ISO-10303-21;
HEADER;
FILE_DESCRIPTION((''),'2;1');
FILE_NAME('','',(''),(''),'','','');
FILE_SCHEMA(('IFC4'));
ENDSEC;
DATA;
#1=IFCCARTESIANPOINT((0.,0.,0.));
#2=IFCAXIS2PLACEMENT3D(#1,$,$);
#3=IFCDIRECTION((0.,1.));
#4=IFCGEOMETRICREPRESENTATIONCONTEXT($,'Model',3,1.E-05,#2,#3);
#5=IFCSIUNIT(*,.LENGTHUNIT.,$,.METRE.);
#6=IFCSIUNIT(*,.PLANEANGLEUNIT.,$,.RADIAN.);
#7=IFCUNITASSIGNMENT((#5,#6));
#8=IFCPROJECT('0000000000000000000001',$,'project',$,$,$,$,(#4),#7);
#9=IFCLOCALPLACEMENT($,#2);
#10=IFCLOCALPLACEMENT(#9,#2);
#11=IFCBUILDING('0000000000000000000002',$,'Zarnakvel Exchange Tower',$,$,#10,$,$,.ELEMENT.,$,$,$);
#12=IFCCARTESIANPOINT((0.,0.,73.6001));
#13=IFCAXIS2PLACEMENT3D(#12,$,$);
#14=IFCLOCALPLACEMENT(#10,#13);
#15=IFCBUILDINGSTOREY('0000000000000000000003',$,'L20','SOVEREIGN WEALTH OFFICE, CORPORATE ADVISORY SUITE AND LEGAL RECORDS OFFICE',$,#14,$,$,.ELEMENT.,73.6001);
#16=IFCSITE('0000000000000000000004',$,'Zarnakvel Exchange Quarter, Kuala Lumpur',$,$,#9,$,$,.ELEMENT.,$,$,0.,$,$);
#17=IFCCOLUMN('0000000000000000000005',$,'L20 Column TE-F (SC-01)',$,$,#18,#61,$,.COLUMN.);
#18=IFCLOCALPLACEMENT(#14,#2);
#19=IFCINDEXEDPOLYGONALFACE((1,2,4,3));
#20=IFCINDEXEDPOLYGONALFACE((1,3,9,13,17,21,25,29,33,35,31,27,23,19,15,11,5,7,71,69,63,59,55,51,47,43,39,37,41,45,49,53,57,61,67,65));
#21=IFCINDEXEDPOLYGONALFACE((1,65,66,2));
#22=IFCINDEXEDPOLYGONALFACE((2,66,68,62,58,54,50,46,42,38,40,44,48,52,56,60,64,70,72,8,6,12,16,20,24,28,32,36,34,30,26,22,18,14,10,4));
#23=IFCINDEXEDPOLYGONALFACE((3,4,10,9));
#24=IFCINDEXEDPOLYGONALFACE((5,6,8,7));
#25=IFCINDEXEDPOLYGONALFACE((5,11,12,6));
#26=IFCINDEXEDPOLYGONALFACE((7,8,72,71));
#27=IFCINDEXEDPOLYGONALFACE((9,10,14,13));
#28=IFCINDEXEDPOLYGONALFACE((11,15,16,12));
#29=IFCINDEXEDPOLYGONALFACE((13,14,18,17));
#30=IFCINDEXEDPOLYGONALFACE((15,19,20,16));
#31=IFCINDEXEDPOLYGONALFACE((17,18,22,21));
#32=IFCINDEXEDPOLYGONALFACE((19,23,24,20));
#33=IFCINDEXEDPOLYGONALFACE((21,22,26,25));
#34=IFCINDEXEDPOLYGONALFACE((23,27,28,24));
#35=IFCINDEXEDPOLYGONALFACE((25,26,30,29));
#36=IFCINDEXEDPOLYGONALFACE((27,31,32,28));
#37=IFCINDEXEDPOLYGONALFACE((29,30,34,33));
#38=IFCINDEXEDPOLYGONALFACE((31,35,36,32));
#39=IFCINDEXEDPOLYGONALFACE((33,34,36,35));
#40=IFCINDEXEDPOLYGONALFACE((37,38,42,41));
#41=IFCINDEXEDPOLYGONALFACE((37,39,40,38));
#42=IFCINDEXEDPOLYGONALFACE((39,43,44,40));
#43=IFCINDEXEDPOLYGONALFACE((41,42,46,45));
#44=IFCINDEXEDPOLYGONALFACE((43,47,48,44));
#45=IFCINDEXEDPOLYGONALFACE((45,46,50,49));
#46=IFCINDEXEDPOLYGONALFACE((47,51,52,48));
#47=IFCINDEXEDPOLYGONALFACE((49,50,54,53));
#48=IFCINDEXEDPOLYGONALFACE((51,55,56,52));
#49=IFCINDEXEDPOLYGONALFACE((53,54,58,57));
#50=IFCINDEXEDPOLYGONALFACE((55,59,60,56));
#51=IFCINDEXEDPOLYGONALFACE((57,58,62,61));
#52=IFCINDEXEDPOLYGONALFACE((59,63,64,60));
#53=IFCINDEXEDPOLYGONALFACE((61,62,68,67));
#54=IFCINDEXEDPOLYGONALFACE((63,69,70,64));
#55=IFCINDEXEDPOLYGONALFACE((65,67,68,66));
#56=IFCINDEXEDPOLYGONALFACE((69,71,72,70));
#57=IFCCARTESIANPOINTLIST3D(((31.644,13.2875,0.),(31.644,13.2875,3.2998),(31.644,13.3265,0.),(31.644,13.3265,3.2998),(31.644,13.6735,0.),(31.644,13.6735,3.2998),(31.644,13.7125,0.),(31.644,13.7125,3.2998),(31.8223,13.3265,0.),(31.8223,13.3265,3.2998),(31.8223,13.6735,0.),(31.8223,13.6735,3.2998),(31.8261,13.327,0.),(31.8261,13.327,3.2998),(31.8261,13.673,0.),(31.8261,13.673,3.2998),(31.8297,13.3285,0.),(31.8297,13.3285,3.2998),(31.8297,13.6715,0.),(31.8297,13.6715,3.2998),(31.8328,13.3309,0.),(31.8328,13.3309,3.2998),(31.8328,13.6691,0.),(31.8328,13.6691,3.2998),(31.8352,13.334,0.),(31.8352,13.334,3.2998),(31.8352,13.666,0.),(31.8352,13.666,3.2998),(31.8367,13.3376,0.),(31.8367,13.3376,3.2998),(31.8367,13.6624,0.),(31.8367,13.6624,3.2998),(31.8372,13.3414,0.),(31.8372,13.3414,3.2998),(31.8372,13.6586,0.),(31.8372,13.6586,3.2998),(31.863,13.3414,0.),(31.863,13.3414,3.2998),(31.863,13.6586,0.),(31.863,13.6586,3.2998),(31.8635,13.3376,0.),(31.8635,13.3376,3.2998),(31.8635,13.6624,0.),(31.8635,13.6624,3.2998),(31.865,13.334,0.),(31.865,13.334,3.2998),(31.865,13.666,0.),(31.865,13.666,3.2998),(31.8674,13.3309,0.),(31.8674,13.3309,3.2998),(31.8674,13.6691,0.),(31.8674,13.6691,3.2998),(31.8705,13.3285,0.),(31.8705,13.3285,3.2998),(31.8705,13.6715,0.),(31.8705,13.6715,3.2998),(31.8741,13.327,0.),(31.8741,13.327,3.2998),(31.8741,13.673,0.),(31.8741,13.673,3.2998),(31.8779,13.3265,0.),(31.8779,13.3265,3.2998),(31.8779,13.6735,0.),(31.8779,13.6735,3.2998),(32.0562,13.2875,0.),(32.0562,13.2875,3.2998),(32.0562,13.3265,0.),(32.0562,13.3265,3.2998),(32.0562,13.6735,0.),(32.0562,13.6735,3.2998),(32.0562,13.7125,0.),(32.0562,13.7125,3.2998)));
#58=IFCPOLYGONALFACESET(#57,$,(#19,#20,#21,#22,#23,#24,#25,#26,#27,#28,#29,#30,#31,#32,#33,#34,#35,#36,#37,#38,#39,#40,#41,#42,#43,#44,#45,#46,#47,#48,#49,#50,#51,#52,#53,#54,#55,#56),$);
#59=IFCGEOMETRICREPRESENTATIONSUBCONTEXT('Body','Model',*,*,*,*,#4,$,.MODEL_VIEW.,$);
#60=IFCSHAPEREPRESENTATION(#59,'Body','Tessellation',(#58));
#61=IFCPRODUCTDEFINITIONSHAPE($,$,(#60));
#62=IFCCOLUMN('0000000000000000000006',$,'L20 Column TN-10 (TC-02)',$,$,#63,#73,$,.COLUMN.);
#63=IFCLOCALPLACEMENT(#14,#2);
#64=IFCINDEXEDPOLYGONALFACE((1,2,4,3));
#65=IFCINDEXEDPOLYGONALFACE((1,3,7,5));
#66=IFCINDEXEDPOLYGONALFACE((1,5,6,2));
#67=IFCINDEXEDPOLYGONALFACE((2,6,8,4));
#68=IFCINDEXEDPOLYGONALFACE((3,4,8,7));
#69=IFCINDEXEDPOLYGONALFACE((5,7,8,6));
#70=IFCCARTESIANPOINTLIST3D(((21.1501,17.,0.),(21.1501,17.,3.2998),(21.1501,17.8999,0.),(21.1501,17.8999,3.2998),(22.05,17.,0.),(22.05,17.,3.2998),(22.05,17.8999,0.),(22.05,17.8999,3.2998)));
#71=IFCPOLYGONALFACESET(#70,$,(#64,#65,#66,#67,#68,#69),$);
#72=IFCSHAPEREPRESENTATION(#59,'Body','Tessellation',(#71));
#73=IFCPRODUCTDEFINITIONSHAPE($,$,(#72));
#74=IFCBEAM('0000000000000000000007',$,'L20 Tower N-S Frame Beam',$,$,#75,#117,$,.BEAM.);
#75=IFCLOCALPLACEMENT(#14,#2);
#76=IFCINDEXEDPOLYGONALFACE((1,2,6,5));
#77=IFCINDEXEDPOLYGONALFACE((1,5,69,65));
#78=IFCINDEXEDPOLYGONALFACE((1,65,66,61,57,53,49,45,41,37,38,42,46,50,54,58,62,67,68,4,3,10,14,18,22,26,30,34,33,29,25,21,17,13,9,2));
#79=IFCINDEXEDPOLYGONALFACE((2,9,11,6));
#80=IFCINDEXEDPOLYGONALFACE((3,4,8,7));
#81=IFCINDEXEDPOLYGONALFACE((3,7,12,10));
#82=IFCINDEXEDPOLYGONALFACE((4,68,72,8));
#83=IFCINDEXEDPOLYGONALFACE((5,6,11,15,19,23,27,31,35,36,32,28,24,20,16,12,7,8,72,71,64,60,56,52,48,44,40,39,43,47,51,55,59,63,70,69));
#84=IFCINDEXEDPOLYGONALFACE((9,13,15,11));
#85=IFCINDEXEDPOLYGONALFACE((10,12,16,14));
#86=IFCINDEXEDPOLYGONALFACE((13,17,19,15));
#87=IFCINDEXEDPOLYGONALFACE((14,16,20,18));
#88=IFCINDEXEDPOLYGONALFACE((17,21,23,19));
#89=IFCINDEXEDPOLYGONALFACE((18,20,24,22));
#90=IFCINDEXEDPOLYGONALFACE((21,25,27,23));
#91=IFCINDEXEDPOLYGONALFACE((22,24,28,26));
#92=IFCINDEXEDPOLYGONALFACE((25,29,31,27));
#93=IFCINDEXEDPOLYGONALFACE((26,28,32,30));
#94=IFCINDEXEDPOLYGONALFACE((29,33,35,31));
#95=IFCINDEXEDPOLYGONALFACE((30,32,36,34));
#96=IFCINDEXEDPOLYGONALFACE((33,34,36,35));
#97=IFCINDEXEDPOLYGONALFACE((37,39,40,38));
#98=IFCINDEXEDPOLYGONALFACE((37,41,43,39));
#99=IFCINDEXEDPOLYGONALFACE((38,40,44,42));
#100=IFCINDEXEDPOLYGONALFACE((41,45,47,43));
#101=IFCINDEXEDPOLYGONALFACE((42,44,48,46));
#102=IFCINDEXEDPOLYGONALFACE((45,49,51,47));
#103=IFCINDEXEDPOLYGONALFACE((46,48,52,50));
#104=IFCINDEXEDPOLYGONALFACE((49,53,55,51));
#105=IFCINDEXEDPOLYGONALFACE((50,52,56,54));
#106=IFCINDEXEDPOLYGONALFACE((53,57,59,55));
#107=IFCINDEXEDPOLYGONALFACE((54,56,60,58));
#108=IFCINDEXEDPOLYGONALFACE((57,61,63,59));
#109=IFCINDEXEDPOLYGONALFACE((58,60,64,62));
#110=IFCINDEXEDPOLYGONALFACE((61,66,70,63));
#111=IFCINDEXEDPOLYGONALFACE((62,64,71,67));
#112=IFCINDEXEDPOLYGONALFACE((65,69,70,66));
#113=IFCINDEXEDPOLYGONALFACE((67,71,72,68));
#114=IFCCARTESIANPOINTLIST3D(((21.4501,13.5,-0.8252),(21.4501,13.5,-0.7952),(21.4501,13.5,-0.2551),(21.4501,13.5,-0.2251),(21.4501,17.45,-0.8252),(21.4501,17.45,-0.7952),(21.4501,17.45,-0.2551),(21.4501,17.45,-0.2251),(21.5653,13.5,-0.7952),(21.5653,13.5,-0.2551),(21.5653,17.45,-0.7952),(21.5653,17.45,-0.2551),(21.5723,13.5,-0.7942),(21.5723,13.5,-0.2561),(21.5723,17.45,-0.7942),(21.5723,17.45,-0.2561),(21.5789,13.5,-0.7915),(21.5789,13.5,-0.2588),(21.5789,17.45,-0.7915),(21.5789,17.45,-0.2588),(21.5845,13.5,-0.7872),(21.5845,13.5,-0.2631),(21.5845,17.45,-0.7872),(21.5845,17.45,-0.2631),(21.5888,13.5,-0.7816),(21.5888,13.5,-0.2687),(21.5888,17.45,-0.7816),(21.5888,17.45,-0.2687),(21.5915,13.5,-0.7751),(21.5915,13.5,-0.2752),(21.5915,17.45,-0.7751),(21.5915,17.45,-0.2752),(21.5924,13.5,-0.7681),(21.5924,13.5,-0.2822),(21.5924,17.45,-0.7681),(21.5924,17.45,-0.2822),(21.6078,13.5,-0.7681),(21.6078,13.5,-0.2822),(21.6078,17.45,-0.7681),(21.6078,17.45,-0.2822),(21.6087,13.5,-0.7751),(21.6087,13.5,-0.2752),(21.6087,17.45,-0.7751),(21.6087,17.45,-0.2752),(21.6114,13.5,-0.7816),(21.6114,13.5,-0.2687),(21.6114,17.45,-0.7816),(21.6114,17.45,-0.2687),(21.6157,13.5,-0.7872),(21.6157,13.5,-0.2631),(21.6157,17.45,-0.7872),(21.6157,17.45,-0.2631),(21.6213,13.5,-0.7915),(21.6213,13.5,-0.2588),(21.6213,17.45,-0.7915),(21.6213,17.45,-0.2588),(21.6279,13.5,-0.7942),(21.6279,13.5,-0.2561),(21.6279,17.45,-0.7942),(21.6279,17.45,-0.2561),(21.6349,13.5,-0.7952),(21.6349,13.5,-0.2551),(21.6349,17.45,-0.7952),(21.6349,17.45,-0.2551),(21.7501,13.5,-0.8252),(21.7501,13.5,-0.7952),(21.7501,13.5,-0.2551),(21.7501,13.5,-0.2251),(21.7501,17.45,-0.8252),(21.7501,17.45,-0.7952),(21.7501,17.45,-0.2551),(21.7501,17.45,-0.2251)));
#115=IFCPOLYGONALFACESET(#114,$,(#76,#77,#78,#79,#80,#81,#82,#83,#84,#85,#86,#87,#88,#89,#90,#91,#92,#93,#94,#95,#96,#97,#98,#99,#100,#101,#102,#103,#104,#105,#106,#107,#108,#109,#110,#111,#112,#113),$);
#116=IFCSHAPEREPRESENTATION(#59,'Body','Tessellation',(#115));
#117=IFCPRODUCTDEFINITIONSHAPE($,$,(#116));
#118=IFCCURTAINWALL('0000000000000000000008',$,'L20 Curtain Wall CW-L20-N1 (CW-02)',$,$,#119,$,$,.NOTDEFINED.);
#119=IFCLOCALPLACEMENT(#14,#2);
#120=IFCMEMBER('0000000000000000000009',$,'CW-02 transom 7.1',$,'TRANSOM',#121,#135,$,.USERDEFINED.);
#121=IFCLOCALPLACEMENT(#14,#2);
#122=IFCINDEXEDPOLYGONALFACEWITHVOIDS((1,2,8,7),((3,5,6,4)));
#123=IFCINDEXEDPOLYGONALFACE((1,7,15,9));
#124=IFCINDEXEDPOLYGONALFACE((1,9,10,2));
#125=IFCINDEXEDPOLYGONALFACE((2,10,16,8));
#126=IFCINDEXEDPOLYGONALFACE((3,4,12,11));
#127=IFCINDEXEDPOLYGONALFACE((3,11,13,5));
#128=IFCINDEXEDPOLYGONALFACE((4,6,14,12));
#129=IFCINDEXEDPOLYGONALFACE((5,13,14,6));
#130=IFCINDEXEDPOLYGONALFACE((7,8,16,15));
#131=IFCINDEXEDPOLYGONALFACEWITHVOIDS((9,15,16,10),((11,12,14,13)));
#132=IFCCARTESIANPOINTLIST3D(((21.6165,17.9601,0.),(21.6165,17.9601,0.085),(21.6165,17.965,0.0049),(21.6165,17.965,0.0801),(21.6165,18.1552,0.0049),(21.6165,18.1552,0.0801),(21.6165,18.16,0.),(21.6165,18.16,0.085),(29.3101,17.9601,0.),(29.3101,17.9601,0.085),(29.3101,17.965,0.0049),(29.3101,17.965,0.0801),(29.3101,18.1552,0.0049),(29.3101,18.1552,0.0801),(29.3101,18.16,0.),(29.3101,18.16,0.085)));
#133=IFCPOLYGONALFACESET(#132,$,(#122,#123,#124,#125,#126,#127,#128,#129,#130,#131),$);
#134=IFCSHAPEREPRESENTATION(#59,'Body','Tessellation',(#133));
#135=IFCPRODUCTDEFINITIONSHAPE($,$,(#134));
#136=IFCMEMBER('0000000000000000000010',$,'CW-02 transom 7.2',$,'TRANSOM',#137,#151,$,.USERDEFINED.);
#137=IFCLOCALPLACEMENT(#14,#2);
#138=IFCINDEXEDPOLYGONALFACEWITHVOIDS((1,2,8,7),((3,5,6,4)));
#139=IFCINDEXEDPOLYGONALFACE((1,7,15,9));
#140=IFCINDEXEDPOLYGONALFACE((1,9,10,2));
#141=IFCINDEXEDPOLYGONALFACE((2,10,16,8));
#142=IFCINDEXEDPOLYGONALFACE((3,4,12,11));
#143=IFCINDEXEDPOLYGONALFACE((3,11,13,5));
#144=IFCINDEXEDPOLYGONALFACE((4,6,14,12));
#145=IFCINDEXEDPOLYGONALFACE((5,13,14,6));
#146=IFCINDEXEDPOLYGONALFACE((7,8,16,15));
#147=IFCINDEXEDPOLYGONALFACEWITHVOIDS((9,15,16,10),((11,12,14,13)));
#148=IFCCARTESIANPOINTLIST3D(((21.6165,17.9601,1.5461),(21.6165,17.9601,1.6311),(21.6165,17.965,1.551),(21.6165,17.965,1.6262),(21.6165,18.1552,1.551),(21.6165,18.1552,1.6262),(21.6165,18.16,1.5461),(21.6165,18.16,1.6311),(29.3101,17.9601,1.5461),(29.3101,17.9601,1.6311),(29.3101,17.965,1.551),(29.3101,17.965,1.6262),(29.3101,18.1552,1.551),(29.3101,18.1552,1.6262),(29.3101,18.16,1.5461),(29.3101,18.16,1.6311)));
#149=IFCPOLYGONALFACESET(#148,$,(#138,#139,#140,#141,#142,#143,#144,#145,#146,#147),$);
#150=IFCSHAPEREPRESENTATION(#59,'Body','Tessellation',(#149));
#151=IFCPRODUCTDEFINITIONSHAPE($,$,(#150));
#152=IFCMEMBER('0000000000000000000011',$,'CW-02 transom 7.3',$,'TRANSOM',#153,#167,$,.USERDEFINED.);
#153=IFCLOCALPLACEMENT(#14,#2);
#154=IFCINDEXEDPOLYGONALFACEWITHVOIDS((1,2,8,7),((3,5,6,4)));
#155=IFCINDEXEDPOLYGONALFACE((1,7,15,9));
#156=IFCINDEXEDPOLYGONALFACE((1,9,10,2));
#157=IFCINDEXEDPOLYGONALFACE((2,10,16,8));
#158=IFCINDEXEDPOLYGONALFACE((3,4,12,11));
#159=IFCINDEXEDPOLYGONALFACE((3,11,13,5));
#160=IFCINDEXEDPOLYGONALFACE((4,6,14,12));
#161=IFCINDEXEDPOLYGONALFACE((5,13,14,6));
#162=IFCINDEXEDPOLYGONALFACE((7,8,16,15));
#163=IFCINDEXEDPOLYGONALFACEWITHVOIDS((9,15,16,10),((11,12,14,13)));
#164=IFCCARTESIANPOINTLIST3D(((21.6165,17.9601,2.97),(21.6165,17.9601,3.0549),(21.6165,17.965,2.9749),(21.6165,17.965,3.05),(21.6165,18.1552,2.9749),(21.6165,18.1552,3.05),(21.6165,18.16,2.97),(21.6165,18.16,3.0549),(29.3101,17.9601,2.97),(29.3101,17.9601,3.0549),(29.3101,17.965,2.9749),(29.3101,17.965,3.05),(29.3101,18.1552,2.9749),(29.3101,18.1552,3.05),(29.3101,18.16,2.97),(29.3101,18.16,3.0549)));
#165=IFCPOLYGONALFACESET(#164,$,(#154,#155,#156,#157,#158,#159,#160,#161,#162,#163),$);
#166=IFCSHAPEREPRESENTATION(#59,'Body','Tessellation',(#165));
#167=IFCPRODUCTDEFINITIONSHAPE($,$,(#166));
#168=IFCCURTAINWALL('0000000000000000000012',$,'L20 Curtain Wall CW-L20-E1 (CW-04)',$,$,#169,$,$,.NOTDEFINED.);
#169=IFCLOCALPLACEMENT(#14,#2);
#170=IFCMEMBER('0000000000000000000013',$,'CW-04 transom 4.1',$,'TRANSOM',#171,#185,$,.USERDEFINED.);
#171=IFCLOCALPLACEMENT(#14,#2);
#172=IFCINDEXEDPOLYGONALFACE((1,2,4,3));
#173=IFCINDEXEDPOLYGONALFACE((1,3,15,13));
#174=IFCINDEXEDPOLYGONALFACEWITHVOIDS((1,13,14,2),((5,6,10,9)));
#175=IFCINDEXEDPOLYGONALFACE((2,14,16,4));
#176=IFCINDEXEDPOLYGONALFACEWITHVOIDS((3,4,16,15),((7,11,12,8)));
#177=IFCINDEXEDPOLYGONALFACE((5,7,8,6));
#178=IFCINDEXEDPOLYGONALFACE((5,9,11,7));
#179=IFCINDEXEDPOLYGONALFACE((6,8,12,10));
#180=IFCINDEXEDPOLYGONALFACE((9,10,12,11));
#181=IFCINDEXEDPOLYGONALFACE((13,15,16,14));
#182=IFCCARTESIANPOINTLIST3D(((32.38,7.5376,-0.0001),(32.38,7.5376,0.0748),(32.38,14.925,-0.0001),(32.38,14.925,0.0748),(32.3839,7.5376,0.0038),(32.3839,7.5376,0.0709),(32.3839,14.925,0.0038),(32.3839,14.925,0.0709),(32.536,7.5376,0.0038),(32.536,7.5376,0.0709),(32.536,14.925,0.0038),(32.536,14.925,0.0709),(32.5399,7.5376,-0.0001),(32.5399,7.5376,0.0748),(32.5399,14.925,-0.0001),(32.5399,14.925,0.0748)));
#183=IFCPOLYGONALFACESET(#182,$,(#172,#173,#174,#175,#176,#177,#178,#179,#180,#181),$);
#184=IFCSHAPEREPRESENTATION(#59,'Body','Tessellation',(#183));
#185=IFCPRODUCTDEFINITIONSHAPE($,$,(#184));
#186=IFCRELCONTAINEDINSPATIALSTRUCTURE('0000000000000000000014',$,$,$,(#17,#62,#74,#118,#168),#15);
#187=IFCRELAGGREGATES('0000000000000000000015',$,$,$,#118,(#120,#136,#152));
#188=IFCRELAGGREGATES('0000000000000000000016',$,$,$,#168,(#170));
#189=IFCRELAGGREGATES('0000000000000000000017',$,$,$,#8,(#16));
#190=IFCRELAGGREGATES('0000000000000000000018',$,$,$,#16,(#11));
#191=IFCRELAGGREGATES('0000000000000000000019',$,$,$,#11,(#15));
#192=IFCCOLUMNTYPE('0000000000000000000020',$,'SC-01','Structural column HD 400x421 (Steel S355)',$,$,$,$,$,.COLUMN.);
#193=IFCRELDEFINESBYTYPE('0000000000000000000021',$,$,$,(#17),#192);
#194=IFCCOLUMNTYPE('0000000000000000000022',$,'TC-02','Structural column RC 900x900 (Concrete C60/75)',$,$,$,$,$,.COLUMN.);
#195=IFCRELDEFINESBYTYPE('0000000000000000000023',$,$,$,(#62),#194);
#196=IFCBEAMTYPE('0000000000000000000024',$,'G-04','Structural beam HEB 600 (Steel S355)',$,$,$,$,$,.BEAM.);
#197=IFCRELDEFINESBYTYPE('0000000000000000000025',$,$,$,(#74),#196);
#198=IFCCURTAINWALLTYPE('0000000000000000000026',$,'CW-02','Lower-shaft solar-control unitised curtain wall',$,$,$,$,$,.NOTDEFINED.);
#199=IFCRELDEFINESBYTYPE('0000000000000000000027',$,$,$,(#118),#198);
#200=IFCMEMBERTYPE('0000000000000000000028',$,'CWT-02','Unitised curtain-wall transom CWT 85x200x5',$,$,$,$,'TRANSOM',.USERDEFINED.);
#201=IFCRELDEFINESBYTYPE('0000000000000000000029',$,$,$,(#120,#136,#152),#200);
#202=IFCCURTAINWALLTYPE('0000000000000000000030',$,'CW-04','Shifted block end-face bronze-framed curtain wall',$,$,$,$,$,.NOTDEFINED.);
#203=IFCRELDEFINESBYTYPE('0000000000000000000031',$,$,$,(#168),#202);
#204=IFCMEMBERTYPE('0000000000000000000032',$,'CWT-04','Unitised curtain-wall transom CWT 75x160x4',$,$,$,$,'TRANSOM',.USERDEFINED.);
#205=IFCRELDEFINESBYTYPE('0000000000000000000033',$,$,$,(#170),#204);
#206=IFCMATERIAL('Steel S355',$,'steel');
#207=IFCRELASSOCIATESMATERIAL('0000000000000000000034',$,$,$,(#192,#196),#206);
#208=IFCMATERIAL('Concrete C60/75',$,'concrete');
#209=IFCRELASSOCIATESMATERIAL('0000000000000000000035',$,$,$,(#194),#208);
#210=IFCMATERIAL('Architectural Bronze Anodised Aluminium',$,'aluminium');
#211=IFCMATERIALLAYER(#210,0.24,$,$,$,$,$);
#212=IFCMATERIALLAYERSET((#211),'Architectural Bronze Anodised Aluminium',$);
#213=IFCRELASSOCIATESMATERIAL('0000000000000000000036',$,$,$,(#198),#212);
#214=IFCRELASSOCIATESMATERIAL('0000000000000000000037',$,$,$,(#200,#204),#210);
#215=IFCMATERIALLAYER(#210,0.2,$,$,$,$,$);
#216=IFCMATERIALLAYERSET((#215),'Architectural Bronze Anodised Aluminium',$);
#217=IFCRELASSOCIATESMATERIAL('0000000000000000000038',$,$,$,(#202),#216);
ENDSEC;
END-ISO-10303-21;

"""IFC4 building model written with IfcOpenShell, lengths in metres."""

from ifc_helpers import new_model, si_unit, direction, frame, origin, origin_2d, place, context, subcontext, project, spatial, rectangle, hollow_rectangle, i_section, extrude, source, transform, mapped, material, layer, layer_set, material_profile, profile_set, type_object, element, aggregate, save


model = new_model("IFC4")

# Units and contexts
model_context = context("Model", 3, precision=1e-05, world=origin(), true_north=direction((0.0, 1.0)))
body_context = subcontext(model_context, "Body", "Model", "MODEL_VIEW")
ifc_project = project(units=[si_unit("LENGTHUNIT", "METRE"), si_unit("PLANEANGLEUNIT", "RADIAN")], contexts=[model_context])

# Site, building, storey
site_placement = place(None, origin())
site = spatial("IfcSite", under=ifc_project, at=site_placement, Name="Zarnakvel Exchange Quarter, Kuala Lumpur", CompositionType="ELEMENT", RefElevation=0.0)
building_placement = place(site_placement, origin())
building = spatial("IfcBuilding", under=site, at=building_placement, Name="Zarnakvel Exchange Tower", CompositionType="ELEMENT")
storey_placement = place(building_placement, frame((0.0, 0.0, 73.6001)))
storey = spatial("IfcBuildingStorey", under=building, at=storey_placement, Name="L20", Description="SOVEREIGN WEALTH OFFICE, CORPORATE ADVISORY SUITE AND LEGAL RECORDS OFFICE", CompositionType="ELEMENT", Elevation=73.6001)

# Columns
ifc_material_1 = material(Name="Steel S355", Category="steel")
ifc_material_profile_1 = material_profile(ifc_material_1, i_section(OverallWidth=0.4121, OverallDepth=0.425, WebThickness=0.0259, FlangeThickness=0.0391, FilletRadius=0.0149, at=origin_2d()))
ifc_profile_set_1 = profile_set([ifc_material_profile_1], Name="Steel S355")
column_type_1 = type_object("IfcColumnType", Name="SC-01", Description="Structural column HD 400x421 (Steel S355)", PredefinedType="COLUMN", material=ifc_profile_set_1)
column_1_placement = place(storey_placement, frame((31.8501, 13.5, 0.0), z_axis=(0.0, 0.0, 1.0), x_axis=(1.0, 0.0, 0.0)))
element("IfcColumn", 1, at=column_1_placement, inside=storey, type_object=column_type_1, Name="L20 Column TE-F (SC-01)", PredefinedType="COLUMN", context=body_context, shape_type="SweptSolid", body=[
    extrude(i_section(OverallWidth=0.4121, OverallDepth=0.425, WebThickness=0.0259, FlangeThickness=0.0391, FilletRadius=0.0149, at=origin_2d()), origin(), (0.0, 0.0, 1.0), 3.2998),
])
ifc_material_2 = material(Name="Concrete C60/75", Category="concrete")
ifc_material_profile_2 = material_profile(ifc_material_2, rectangle(XDim=0.8999, YDim=0.8999, at=origin_2d()))
ifc_profile_set_2 = profile_set([ifc_material_profile_2], Name="Concrete C60/75")
column_type_2 = type_object("IfcColumnType", Name="TC-02", Description="Structural column RC 900x900 (Concrete C60/75)", PredefinedType="COLUMN", material=ifc_profile_set_2)
column_2_placement = place(storey_placement, frame((21.6001, 17.45, 0.0), z_axis=(0.0, 0.0, 1.0), x_axis=(1.0, 0.0, 0.0)))
element("IfcColumn", 2, at=column_2_placement, inside=storey, type_object=column_type_2, Name="L20 Column TN-10 (TC-02)", PredefinedType="COLUMN", context=body_context, shape_type="SweptSolid", body=[
    extrude(rectangle(XDim=0.8999, YDim=0.8999, at=origin_2d()), origin(), (0.0, 0.0, 1.0), 3.2998),
])

# Beam
ifc_material_profile_3 = material_profile(ifc_material_1, i_section(OverallWidth=0.3, OverallDepth=0.6001, WebThickness=0.0154, FlangeThickness=0.03, FilletRadius=0.0271, at=origin_2d()))
ifc_profile_set_3 = profile_set([ifc_material_profile_3], Name="Steel S355")
beam_type = type_object("IfcBeamType", Name="G-04", Description="Structural beam HEB 600 (Steel S355)", PredefinedType="BEAM", material=ifc_profile_set_3)
beam_placement = place(storey_placement, frame((21.6001, 13.5, -0.5251), z_axis=(0.0, 1.0, 0.0), x_axis=(-1.0, 0.0, 0.0)))
element("IfcBeam", 3, at=beam_placement, inside=storey, type_object=beam_type, Name="L20 Tower N-S Frame Beam", PredefinedType="BEAM", context=body_context, shape_type="SweptSolid", body=[
    extrude(i_section(OverallWidth=0.3, OverallDepth=0.6001, WebThickness=0.0154, FlangeThickness=0.03, FilletRadius=0.0271, at=origin_2d()), origin(), (0.0, 0.0, 1.0), 3.95),
])

# Curtain walls, members
ifc_material_3 = material(Name="Architectural Bronze Anodised Aluminium", Category="aluminium")
ifc_layer_1 = layer(ifc_material_3, 0.24)
ifc_layer_set_1 = layer_set([ifc_layer_1], Name="Architectural Bronze Anodised Aluminium")
curtain_wall_type_1 = type_object("IfcCurtainWallType", Name="CW-02", Description="Lower-shaft solar-control unitised curtain wall", PredefinedType="NOTDEFINED", material=ifc_layer_set_1)
curtain_wall_1_placement = place(storey_placement, origin())
curtain_wall_1 = element("IfcCurtainWall", 4, at=curtain_wall_1_placement, inside=storey, type_object=curtain_wall_type_1, Name="L20 Curtain Wall CW-L20-N1 (CW-02)", PredefinedType="NOTDEFINED")
ifc_material_profile_4 = material_profile(ifc_material_3, hollow_rectangle(XDim=0.2, YDim=0.085, WallThickness=0.0049, at=origin_2d()))
ifc_profile_set_4 = profile_set([ifc_material_profile_4], Name="Architectural Bronze Anodised Aluminium")
member_type_1 = type_object("IfcMemberType", Name="CWT-02", Description="Unitised curtain-wall transom CWT 85x200x5", ElementType="TRANSOM", PredefinedType="USERDEFINED", material=ifc_profile_set_4)
shared_shape_1 = source(origin(), body_context, "Body", "SweptSolid", [
    extrude(hollow_rectangle(XDim=0.2, YDim=0.085, WallThickness=0.0049, at=origin_2d()), origin(), (0.0, 0.0, 1.0), 7.6936),
])
member_1_placement = place(storey_placement, frame((21.6165, 18.0601, 0.0425), z_axis=(1.0, 0.0, 0.0), x_axis=(0.0, 1.0, 0.0)))
member_1 = element("IfcMember", 5, at=member_1_placement, type_object=member_type_1, Name="CW-02 transom 7.1", ObjectType="TRANSOM", PredefinedType="USERDEFINED", context=body_context, shape_type="MappedRepresentation", body=[
    mapped(shared_shape_1, transform((0.0, 0.0, 0.0), x_axis=(1.0, 0.0, 0.0), y_axis=(0.0, 1.0, 0.0), z_axis=(0.0, 0.0, 1.0), scale=1.0)),
])
member_2_placement = place(storey_placement, frame((21.6165, 18.0601, 1.5886), z_axis=(1.0, 0.0, 0.0), x_axis=(0.0, 1.0, 0.0)))
member_2 = element("IfcMember", 6, at=member_2_placement, type_object=member_type_1, Name="CW-02 transom 7.2", ObjectType="TRANSOM", PredefinedType="USERDEFINED", context=body_context, shape_type="MappedRepresentation", body=[
    mapped(shared_shape_1, transform((0.0, 0.0, 0.0), x_axis=(1.0, 0.0, 0.0), y_axis=(0.0, 1.0, 0.0), z_axis=(0.0, 0.0, 1.0), scale=1.0)),
])
member_3_placement = place(storey_placement, frame((21.6165, 18.0601, 3.0125), z_axis=(1.0, 0.0, 0.0), x_axis=(0.0, 1.0, 0.0)))
member_3 = element("IfcMember", 7, at=member_3_placement, type_object=member_type_1, Name="CW-02 transom 7.3", ObjectType="TRANSOM", PredefinedType="USERDEFINED", context=body_context, shape_type="MappedRepresentation", body=[
    mapped(shared_shape_1, transform((0.0, 0.0, 0.0), x_axis=(1.0, 0.0, 0.0), y_axis=(0.0, 1.0, 0.0), z_axis=(0.0, 0.0, 1.0), scale=1.0)),
])
ifc_layer_2 = layer(ifc_material_3, 0.2)
ifc_layer_set_2 = layer_set([ifc_layer_2], Name="Architectural Bronze Anodised Aluminium")
curtain_wall_type_2 = type_object("IfcCurtainWallType", Name="CW-04", Description="Shifted block end-face bronze-framed curtain wall", PredefinedType="NOTDEFINED", material=ifc_layer_set_2)
curtain_wall_2_placement = place(storey_placement, origin())
curtain_wall_2 = element("IfcCurtainWall", 8, at=curtain_wall_2_placement, inside=storey, type_object=curtain_wall_type_2, Name="L20 Curtain Wall CW-L20-E1 (CW-04)", PredefinedType="NOTDEFINED")
ifc_material_profile_5 = material_profile(ifc_material_3, hollow_rectangle(XDim=0.1599, YDim=0.075, WallThickness=0.0039, at=origin_2d()))
ifc_profile_set_5 = profile_set([ifc_material_profile_5], Name="Architectural Bronze Anodised Aluminium")
member_type_2 = type_object("IfcMemberType", Name="CWT-04", Description="Unitised curtain-wall transom CWT 75x160x4", ElementType="TRANSOM", PredefinedType="USERDEFINED", material=ifc_profile_set_5)
shared_shape_2 = source(origin(), body_context, "Body", "SweptSolid", [
    extrude(hollow_rectangle(XDim=0.1599, YDim=0.075, WallThickness=0.0039, at=origin_2d()), origin(), (0.0, 0.0, 1.0), 7.3875),
])
member_4_placement = place(storey_placement, frame((32.46, 7.5376, 0.0374), z_axis=(0.0, 1.0, 0.0), x_axis=(-1.0, 0.0, 0.0)))
member_4 = element("IfcMember", 9, at=member_4_placement, type_object=member_type_2, Name="CW-04 transom 4.1", ObjectType="TRANSOM", PredefinedType="USERDEFINED", context=body_context, shape_type="MappedRepresentation", body=[
    mapped(shared_shape_2, transform((0.0, 0.0, 0.0), x_axis=(1.0, 0.0, 0.0), y_axis=(0.0, 1.0, 0.0), z_axis=(0.0, 0.0, 1.0), scale=1.0)),
])

aggregate(curtain_wall_1, [member_1, member_2, member_3])
aggregate(curtain_wall_2, [member_4])

save(model, "model.ifc")
